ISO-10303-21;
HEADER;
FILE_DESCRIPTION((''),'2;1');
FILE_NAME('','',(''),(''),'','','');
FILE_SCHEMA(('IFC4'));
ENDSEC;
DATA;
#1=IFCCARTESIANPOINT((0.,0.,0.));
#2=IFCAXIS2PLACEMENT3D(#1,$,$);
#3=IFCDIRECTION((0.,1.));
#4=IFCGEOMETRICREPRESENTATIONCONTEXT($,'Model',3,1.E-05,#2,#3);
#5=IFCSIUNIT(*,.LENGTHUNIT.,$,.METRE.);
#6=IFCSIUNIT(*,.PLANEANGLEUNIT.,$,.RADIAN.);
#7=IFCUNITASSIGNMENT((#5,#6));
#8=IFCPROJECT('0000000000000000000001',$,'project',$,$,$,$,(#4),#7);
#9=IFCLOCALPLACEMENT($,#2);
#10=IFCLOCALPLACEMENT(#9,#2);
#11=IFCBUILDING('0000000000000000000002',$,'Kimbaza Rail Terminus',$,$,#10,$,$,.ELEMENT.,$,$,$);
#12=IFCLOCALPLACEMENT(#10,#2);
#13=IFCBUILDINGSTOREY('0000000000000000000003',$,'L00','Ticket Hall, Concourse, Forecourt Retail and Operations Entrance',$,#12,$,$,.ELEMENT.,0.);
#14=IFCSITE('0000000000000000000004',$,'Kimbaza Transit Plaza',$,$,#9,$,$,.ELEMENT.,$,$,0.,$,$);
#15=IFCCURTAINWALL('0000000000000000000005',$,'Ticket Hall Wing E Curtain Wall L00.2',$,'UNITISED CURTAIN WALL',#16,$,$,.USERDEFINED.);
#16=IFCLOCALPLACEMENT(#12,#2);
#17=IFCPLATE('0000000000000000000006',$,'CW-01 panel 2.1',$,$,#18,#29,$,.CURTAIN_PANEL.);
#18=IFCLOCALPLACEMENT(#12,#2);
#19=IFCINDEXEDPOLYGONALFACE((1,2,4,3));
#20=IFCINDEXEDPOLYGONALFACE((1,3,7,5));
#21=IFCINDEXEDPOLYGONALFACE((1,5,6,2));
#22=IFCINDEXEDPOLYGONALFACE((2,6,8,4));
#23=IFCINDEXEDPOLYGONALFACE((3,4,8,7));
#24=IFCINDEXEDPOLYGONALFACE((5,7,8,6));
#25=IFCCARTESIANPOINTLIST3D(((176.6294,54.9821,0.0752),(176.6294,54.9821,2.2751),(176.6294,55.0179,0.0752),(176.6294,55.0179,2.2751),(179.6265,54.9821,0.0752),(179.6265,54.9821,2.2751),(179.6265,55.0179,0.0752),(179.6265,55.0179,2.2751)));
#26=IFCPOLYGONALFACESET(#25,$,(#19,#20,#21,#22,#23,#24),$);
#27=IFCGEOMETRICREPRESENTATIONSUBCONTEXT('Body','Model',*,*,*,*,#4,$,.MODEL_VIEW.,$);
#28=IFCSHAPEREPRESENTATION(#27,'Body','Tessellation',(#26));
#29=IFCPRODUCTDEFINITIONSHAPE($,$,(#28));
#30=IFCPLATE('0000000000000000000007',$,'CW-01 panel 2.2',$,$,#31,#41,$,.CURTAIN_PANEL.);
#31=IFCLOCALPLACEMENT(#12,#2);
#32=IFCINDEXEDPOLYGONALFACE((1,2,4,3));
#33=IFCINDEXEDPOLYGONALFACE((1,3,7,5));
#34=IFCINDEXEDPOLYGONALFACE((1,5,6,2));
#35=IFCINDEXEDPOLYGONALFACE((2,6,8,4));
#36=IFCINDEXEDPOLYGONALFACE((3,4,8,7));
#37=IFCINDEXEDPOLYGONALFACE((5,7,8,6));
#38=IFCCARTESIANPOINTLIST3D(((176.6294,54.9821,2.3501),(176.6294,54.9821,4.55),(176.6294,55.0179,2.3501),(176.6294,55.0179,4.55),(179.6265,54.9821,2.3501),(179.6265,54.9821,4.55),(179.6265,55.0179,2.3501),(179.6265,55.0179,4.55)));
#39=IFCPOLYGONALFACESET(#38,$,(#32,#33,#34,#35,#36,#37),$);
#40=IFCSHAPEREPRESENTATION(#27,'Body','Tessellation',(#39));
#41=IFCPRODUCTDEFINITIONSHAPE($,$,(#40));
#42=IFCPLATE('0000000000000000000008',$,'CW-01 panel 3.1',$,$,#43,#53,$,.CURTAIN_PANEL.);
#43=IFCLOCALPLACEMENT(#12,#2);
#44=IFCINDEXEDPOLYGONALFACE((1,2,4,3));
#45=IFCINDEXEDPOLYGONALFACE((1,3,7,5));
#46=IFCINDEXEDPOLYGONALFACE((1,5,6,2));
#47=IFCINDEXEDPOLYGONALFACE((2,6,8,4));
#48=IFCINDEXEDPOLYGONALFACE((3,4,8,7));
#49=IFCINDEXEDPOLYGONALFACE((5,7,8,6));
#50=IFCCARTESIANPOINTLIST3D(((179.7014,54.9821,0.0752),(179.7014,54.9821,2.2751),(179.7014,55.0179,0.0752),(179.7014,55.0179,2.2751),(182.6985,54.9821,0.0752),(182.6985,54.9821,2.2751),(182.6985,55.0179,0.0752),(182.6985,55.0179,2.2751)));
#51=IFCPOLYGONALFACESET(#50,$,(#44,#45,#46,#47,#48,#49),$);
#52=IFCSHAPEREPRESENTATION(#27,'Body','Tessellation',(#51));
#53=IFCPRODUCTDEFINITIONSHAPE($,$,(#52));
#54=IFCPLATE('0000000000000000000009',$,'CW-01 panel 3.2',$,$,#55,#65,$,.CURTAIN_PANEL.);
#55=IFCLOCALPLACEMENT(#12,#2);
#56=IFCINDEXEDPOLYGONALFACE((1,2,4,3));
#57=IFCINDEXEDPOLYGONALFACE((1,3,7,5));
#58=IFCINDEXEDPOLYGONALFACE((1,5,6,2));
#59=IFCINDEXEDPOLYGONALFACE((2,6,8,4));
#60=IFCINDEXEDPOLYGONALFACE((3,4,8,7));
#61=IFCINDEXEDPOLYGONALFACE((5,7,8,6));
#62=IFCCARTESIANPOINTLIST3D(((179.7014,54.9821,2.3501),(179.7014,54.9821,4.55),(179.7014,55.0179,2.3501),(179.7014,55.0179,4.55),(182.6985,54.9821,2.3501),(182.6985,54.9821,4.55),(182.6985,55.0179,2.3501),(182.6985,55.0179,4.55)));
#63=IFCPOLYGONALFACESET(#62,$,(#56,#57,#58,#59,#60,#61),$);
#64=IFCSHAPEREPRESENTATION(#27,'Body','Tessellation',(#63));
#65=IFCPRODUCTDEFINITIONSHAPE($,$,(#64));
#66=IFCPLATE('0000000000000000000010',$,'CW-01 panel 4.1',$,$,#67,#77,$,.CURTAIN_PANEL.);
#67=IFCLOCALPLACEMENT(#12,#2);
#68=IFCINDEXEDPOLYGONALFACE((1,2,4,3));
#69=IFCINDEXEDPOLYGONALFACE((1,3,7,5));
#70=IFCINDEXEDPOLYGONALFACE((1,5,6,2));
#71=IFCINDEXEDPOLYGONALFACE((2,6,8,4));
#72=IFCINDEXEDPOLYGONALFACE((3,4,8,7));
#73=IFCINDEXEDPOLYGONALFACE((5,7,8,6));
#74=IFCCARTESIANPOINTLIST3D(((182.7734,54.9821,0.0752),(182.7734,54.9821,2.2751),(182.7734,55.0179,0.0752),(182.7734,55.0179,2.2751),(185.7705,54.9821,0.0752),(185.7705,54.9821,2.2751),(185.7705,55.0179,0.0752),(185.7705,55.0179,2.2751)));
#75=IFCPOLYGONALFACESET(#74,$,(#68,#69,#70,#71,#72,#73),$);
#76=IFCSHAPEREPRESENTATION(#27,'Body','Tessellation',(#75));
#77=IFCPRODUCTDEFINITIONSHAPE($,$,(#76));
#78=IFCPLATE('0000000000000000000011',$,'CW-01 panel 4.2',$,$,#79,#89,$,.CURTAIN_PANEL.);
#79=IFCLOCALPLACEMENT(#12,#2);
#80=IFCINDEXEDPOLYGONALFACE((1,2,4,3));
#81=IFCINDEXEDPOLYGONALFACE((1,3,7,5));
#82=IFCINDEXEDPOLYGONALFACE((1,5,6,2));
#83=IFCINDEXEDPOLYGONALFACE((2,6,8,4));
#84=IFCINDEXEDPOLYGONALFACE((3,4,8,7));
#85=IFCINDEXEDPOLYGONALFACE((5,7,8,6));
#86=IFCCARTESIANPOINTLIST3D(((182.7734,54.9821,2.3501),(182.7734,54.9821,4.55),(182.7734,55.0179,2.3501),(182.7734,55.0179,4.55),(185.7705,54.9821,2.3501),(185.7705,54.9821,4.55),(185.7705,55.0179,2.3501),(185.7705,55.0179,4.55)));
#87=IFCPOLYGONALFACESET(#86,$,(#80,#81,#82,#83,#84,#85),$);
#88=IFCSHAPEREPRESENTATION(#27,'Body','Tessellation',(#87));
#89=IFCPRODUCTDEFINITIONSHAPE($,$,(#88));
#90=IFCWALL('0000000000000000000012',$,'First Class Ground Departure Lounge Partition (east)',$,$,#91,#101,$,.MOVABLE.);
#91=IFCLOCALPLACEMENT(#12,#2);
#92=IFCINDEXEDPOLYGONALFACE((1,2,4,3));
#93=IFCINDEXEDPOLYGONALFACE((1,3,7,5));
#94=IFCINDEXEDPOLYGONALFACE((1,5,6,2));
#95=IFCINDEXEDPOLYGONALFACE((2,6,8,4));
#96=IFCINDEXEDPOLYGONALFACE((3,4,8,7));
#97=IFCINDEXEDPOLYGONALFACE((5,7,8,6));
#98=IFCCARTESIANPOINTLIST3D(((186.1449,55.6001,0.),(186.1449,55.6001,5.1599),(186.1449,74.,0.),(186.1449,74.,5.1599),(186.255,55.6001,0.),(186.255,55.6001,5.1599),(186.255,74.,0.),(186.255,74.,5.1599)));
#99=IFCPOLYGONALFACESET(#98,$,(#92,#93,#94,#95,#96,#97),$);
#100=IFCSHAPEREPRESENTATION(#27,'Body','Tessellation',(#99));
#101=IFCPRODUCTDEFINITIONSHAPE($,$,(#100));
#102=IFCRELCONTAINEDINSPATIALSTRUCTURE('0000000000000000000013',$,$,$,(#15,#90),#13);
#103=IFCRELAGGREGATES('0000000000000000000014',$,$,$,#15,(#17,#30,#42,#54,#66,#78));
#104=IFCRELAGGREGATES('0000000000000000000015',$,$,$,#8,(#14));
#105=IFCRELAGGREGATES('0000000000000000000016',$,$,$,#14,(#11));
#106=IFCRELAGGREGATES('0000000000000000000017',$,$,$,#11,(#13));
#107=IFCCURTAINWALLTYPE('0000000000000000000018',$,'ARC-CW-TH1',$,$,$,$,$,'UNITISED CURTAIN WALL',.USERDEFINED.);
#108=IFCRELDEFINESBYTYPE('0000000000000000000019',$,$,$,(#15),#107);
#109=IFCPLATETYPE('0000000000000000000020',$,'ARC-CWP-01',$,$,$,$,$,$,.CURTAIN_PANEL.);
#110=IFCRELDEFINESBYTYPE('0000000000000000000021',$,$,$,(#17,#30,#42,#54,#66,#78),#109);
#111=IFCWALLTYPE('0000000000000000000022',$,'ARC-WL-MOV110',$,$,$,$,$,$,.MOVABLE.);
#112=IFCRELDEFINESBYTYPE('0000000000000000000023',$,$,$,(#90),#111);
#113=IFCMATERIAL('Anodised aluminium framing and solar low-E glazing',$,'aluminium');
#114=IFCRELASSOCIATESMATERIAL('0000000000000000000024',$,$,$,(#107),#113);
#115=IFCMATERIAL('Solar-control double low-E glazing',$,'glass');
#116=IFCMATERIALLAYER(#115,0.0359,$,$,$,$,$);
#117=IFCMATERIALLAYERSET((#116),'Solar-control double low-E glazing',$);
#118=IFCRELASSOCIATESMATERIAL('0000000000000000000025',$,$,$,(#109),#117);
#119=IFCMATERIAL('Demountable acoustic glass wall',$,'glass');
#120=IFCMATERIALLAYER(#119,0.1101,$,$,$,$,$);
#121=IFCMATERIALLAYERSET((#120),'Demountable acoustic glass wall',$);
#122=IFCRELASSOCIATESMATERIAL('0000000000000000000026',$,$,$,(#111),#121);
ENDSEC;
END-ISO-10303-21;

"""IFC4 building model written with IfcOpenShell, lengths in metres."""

from ifc_helpers import new_model, si_unit, direction, frame, frame_2d, origin, origin_2d, place, context, subcontext, project, spatial, rectangle, extrude, material, layer, layer_set, type_object, element, aggregate, save


model = new_model("IFC4")

# Units and contexts
model_context = context("Model", 3, precision=1e-05, world=origin(), true_north=direction((0.0, 1.0)))
body_context = subcontext(model_context, "Body", "Model", "MODEL_VIEW")
ifc_project = project(units=[si_unit("LENGTHUNIT", "METRE"), si_unit("PLANEANGLEUNIT", "RADIAN")], contexts=[model_context])

# Site, building, storey
site_placement = place(None, origin())
site = spatial("IfcSite", under=ifc_project, at=site_placement, Name="Kimbaza Transit Plaza", CompositionType="ELEMENT", RefElevation=0.0)
building_placement = place(site_placement, origin())
building = spatial("IfcBuilding", under=site, at=building_placement, Name="Kimbaza Rail Terminus", CompositionType="ELEMENT")
storey_placement = place(building_placement, origin())
storey = spatial("IfcBuildingStorey", under=building, at=storey_placement, Name="L00", Description="Ticket Hall, Concourse, Forecourt Retail and Operations Entrance", CompositionType="ELEMENT", Elevation=0.0)

# Curtain wall
ifc_material_1 = material(Name="Anodised aluminium framing and solar low-E glazing", Category="aluminium")
curtain_wall_type = type_object("IfcCurtainWallType", Name="ARC-CW-TH1", ElementType="UNITISED CURTAIN WALL", PredefinedType="USERDEFINED", material=ifc_material_1)
curtain_wall_placement = place(storey_placement, origin())
curtain_wall = element("IfcCurtainWall", 1, at=curtain_wall_placement, inside=storey, type_object=curtain_wall_type, Name="Ticket Hall Wing E Curtain Wall L00.2", ObjectType="UNITISED CURTAIN WALL", PredefinedType="USERDEFINED")

# Plates
ifc_material_2 = material(Name="Solar-control double low-E glazing", Category="glass")
ifc_layer_1 = layer(ifc_material_2, 0.0359)
ifc_layer_set_1 = layer_set([ifc_layer_1], Name="Solar-control double low-E glazing")
plate_type = type_object("IfcPlateType", Name="ARC-CWP-01", PredefinedType="CURTAIN_PANEL", material=ifc_layer_set_1)
plate_1_placement = place(storey_placement, frame((178.1279, 55.0, 0.0752), z_axis=(0.0, 0.0, 1.0), x_axis=(1.0, 0.0, 0.0)))
plate_1 = element("IfcPlate", 2, at=plate_1_placement, type_object=plate_type, Name="CW-01 panel 2.1", PredefinedType="CURTAIN_PANEL", context=body_context, shape_type="SweptSolid", body=[
    extrude(rectangle(XDim=2.9971, YDim=0.0359, at=origin_2d()), origin(), (0.0, 0.0, 1.0), 2.2),
])
plate_2_placement = place(storey_placement, frame((178.1279, 55.0, 2.3501), z_axis=(0.0, 0.0, 1.0), x_axis=(1.0, 0.0, 0.0)))
plate_2 = element("IfcPlate", 3, at=plate_2_placement, type_object=plate_type, Name="CW-01 panel 2.2", PredefinedType="CURTAIN_PANEL", context=body_context, shape_type="SweptSolid", body=[
    extrude(rectangle(XDim=2.9971, YDim=0.0359, at=origin_2d()), origin(), (0.0, 0.0, 1.0), 2.2),
])
plate_3_placement = place(storey_placement, frame((181.2, 55.0, 0.0752), z_axis=(0.0, 0.0, 1.0), x_axis=(1.0, 0.0, 0.0)))
plate_3 = element("IfcPlate", 4, at=plate_3_placement, type_object=plate_type, Name="CW-01 panel 3.1", PredefinedType="CURTAIN_PANEL", context=body_context, shape_type="SweptSolid", body=[
    extrude(rectangle(XDim=2.9971, YDim=0.0359, at=origin_2d()), origin(), (0.0, 0.0, 1.0), 2.2),
])
plate_4_placement = place(storey_placement, frame((181.2, 55.0, 2.3501), z_axis=(0.0, 0.0, 1.0), x_axis=(1.0, 0.0, 0.0)))
plate_4 = element("IfcPlate", 5, at=plate_4_placement, type_object=plate_type, Name="CW-01 panel 3.2", PredefinedType="CURTAIN_PANEL", context=body_context, shape_type="SweptSolid", body=[
    extrude(rectangle(XDim=2.9971, YDim=0.0359, at=origin_2d()), origin(), (0.0, 0.0, 1.0), 2.2),
])
plate_5_placement = place(storey_placement, frame((184.272, 55.0, 0.0752), z_axis=(0.0, 0.0, 1.0), x_axis=(1.0, 0.0, 0.0)))
plate_5 = element("IfcPlate", 6, at=plate_5_placement, type_object=plate_type, Name="CW-01 panel 4.1", PredefinedType="CURTAIN_PANEL", context=body_context, shape_type="SweptSolid", body=[
    extrude(rectangle(XDim=2.9971, YDim=0.0359, at=origin_2d()), origin(), (0.0, 0.0, 1.0), 2.2),
])
plate_6_placement = place(storey_placement, frame((184.272, 55.0, 2.3501), z_axis=(0.0, 0.0, 1.0), x_axis=(1.0, 0.0, 0.0)))
plate_6 = element("IfcPlate", 7, at=plate_6_placement, type_object=plate_type, Name="CW-01 panel 4.2", PredefinedType="CURTAIN_PANEL", context=body_context, shape_type="SweptSolid", body=[
    extrude(rectangle(XDim=2.9971, YDim=0.0359, at=origin_2d()), origin(), (0.0, 0.0, 1.0), 2.2),
])
aggregate(curtain_wall, [plate_1, plate_2, plate_3, plate_4, plate_5, plate_6])

# Wall
ifc_material_3 = material(Name="Demountable acoustic glass wall", Category="glass")
ifc_layer_2 = layer(ifc_material_3, 0.1101)
ifc_layer_set_2 = layer_set([ifc_layer_2], Name="Demountable acoustic glass wall")
wall_type_1 = type_object("IfcWallType", Name="ARC-WL-MOV110", PredefinedType="MOVABLE", material=ifc_layer_set_2)
wall_1_placement = place(storey_placement, frame((186.2, 55.6001, 0.0), z_axis=(0.0, 0.0, 1.0), x_axis=(0.0, 1.0, 0.0)))
element("IfcWall", 8, at=wall_1_placement, inside=storey, type_object=wall_type_1, Name="First Class Ground Departure Lounge Partition (east)", PredefinedType="MOVABLE", context=body_context, shape_type="SweptSolid", body=[
    extrude(rectangle(XDim=18.3999, YDim=0.1101, at=frame_2d((9.2, 0.0))), origin(), (0.0, 0.0, 1.0), 5.1599),
])

save(model, "model.ifc")
